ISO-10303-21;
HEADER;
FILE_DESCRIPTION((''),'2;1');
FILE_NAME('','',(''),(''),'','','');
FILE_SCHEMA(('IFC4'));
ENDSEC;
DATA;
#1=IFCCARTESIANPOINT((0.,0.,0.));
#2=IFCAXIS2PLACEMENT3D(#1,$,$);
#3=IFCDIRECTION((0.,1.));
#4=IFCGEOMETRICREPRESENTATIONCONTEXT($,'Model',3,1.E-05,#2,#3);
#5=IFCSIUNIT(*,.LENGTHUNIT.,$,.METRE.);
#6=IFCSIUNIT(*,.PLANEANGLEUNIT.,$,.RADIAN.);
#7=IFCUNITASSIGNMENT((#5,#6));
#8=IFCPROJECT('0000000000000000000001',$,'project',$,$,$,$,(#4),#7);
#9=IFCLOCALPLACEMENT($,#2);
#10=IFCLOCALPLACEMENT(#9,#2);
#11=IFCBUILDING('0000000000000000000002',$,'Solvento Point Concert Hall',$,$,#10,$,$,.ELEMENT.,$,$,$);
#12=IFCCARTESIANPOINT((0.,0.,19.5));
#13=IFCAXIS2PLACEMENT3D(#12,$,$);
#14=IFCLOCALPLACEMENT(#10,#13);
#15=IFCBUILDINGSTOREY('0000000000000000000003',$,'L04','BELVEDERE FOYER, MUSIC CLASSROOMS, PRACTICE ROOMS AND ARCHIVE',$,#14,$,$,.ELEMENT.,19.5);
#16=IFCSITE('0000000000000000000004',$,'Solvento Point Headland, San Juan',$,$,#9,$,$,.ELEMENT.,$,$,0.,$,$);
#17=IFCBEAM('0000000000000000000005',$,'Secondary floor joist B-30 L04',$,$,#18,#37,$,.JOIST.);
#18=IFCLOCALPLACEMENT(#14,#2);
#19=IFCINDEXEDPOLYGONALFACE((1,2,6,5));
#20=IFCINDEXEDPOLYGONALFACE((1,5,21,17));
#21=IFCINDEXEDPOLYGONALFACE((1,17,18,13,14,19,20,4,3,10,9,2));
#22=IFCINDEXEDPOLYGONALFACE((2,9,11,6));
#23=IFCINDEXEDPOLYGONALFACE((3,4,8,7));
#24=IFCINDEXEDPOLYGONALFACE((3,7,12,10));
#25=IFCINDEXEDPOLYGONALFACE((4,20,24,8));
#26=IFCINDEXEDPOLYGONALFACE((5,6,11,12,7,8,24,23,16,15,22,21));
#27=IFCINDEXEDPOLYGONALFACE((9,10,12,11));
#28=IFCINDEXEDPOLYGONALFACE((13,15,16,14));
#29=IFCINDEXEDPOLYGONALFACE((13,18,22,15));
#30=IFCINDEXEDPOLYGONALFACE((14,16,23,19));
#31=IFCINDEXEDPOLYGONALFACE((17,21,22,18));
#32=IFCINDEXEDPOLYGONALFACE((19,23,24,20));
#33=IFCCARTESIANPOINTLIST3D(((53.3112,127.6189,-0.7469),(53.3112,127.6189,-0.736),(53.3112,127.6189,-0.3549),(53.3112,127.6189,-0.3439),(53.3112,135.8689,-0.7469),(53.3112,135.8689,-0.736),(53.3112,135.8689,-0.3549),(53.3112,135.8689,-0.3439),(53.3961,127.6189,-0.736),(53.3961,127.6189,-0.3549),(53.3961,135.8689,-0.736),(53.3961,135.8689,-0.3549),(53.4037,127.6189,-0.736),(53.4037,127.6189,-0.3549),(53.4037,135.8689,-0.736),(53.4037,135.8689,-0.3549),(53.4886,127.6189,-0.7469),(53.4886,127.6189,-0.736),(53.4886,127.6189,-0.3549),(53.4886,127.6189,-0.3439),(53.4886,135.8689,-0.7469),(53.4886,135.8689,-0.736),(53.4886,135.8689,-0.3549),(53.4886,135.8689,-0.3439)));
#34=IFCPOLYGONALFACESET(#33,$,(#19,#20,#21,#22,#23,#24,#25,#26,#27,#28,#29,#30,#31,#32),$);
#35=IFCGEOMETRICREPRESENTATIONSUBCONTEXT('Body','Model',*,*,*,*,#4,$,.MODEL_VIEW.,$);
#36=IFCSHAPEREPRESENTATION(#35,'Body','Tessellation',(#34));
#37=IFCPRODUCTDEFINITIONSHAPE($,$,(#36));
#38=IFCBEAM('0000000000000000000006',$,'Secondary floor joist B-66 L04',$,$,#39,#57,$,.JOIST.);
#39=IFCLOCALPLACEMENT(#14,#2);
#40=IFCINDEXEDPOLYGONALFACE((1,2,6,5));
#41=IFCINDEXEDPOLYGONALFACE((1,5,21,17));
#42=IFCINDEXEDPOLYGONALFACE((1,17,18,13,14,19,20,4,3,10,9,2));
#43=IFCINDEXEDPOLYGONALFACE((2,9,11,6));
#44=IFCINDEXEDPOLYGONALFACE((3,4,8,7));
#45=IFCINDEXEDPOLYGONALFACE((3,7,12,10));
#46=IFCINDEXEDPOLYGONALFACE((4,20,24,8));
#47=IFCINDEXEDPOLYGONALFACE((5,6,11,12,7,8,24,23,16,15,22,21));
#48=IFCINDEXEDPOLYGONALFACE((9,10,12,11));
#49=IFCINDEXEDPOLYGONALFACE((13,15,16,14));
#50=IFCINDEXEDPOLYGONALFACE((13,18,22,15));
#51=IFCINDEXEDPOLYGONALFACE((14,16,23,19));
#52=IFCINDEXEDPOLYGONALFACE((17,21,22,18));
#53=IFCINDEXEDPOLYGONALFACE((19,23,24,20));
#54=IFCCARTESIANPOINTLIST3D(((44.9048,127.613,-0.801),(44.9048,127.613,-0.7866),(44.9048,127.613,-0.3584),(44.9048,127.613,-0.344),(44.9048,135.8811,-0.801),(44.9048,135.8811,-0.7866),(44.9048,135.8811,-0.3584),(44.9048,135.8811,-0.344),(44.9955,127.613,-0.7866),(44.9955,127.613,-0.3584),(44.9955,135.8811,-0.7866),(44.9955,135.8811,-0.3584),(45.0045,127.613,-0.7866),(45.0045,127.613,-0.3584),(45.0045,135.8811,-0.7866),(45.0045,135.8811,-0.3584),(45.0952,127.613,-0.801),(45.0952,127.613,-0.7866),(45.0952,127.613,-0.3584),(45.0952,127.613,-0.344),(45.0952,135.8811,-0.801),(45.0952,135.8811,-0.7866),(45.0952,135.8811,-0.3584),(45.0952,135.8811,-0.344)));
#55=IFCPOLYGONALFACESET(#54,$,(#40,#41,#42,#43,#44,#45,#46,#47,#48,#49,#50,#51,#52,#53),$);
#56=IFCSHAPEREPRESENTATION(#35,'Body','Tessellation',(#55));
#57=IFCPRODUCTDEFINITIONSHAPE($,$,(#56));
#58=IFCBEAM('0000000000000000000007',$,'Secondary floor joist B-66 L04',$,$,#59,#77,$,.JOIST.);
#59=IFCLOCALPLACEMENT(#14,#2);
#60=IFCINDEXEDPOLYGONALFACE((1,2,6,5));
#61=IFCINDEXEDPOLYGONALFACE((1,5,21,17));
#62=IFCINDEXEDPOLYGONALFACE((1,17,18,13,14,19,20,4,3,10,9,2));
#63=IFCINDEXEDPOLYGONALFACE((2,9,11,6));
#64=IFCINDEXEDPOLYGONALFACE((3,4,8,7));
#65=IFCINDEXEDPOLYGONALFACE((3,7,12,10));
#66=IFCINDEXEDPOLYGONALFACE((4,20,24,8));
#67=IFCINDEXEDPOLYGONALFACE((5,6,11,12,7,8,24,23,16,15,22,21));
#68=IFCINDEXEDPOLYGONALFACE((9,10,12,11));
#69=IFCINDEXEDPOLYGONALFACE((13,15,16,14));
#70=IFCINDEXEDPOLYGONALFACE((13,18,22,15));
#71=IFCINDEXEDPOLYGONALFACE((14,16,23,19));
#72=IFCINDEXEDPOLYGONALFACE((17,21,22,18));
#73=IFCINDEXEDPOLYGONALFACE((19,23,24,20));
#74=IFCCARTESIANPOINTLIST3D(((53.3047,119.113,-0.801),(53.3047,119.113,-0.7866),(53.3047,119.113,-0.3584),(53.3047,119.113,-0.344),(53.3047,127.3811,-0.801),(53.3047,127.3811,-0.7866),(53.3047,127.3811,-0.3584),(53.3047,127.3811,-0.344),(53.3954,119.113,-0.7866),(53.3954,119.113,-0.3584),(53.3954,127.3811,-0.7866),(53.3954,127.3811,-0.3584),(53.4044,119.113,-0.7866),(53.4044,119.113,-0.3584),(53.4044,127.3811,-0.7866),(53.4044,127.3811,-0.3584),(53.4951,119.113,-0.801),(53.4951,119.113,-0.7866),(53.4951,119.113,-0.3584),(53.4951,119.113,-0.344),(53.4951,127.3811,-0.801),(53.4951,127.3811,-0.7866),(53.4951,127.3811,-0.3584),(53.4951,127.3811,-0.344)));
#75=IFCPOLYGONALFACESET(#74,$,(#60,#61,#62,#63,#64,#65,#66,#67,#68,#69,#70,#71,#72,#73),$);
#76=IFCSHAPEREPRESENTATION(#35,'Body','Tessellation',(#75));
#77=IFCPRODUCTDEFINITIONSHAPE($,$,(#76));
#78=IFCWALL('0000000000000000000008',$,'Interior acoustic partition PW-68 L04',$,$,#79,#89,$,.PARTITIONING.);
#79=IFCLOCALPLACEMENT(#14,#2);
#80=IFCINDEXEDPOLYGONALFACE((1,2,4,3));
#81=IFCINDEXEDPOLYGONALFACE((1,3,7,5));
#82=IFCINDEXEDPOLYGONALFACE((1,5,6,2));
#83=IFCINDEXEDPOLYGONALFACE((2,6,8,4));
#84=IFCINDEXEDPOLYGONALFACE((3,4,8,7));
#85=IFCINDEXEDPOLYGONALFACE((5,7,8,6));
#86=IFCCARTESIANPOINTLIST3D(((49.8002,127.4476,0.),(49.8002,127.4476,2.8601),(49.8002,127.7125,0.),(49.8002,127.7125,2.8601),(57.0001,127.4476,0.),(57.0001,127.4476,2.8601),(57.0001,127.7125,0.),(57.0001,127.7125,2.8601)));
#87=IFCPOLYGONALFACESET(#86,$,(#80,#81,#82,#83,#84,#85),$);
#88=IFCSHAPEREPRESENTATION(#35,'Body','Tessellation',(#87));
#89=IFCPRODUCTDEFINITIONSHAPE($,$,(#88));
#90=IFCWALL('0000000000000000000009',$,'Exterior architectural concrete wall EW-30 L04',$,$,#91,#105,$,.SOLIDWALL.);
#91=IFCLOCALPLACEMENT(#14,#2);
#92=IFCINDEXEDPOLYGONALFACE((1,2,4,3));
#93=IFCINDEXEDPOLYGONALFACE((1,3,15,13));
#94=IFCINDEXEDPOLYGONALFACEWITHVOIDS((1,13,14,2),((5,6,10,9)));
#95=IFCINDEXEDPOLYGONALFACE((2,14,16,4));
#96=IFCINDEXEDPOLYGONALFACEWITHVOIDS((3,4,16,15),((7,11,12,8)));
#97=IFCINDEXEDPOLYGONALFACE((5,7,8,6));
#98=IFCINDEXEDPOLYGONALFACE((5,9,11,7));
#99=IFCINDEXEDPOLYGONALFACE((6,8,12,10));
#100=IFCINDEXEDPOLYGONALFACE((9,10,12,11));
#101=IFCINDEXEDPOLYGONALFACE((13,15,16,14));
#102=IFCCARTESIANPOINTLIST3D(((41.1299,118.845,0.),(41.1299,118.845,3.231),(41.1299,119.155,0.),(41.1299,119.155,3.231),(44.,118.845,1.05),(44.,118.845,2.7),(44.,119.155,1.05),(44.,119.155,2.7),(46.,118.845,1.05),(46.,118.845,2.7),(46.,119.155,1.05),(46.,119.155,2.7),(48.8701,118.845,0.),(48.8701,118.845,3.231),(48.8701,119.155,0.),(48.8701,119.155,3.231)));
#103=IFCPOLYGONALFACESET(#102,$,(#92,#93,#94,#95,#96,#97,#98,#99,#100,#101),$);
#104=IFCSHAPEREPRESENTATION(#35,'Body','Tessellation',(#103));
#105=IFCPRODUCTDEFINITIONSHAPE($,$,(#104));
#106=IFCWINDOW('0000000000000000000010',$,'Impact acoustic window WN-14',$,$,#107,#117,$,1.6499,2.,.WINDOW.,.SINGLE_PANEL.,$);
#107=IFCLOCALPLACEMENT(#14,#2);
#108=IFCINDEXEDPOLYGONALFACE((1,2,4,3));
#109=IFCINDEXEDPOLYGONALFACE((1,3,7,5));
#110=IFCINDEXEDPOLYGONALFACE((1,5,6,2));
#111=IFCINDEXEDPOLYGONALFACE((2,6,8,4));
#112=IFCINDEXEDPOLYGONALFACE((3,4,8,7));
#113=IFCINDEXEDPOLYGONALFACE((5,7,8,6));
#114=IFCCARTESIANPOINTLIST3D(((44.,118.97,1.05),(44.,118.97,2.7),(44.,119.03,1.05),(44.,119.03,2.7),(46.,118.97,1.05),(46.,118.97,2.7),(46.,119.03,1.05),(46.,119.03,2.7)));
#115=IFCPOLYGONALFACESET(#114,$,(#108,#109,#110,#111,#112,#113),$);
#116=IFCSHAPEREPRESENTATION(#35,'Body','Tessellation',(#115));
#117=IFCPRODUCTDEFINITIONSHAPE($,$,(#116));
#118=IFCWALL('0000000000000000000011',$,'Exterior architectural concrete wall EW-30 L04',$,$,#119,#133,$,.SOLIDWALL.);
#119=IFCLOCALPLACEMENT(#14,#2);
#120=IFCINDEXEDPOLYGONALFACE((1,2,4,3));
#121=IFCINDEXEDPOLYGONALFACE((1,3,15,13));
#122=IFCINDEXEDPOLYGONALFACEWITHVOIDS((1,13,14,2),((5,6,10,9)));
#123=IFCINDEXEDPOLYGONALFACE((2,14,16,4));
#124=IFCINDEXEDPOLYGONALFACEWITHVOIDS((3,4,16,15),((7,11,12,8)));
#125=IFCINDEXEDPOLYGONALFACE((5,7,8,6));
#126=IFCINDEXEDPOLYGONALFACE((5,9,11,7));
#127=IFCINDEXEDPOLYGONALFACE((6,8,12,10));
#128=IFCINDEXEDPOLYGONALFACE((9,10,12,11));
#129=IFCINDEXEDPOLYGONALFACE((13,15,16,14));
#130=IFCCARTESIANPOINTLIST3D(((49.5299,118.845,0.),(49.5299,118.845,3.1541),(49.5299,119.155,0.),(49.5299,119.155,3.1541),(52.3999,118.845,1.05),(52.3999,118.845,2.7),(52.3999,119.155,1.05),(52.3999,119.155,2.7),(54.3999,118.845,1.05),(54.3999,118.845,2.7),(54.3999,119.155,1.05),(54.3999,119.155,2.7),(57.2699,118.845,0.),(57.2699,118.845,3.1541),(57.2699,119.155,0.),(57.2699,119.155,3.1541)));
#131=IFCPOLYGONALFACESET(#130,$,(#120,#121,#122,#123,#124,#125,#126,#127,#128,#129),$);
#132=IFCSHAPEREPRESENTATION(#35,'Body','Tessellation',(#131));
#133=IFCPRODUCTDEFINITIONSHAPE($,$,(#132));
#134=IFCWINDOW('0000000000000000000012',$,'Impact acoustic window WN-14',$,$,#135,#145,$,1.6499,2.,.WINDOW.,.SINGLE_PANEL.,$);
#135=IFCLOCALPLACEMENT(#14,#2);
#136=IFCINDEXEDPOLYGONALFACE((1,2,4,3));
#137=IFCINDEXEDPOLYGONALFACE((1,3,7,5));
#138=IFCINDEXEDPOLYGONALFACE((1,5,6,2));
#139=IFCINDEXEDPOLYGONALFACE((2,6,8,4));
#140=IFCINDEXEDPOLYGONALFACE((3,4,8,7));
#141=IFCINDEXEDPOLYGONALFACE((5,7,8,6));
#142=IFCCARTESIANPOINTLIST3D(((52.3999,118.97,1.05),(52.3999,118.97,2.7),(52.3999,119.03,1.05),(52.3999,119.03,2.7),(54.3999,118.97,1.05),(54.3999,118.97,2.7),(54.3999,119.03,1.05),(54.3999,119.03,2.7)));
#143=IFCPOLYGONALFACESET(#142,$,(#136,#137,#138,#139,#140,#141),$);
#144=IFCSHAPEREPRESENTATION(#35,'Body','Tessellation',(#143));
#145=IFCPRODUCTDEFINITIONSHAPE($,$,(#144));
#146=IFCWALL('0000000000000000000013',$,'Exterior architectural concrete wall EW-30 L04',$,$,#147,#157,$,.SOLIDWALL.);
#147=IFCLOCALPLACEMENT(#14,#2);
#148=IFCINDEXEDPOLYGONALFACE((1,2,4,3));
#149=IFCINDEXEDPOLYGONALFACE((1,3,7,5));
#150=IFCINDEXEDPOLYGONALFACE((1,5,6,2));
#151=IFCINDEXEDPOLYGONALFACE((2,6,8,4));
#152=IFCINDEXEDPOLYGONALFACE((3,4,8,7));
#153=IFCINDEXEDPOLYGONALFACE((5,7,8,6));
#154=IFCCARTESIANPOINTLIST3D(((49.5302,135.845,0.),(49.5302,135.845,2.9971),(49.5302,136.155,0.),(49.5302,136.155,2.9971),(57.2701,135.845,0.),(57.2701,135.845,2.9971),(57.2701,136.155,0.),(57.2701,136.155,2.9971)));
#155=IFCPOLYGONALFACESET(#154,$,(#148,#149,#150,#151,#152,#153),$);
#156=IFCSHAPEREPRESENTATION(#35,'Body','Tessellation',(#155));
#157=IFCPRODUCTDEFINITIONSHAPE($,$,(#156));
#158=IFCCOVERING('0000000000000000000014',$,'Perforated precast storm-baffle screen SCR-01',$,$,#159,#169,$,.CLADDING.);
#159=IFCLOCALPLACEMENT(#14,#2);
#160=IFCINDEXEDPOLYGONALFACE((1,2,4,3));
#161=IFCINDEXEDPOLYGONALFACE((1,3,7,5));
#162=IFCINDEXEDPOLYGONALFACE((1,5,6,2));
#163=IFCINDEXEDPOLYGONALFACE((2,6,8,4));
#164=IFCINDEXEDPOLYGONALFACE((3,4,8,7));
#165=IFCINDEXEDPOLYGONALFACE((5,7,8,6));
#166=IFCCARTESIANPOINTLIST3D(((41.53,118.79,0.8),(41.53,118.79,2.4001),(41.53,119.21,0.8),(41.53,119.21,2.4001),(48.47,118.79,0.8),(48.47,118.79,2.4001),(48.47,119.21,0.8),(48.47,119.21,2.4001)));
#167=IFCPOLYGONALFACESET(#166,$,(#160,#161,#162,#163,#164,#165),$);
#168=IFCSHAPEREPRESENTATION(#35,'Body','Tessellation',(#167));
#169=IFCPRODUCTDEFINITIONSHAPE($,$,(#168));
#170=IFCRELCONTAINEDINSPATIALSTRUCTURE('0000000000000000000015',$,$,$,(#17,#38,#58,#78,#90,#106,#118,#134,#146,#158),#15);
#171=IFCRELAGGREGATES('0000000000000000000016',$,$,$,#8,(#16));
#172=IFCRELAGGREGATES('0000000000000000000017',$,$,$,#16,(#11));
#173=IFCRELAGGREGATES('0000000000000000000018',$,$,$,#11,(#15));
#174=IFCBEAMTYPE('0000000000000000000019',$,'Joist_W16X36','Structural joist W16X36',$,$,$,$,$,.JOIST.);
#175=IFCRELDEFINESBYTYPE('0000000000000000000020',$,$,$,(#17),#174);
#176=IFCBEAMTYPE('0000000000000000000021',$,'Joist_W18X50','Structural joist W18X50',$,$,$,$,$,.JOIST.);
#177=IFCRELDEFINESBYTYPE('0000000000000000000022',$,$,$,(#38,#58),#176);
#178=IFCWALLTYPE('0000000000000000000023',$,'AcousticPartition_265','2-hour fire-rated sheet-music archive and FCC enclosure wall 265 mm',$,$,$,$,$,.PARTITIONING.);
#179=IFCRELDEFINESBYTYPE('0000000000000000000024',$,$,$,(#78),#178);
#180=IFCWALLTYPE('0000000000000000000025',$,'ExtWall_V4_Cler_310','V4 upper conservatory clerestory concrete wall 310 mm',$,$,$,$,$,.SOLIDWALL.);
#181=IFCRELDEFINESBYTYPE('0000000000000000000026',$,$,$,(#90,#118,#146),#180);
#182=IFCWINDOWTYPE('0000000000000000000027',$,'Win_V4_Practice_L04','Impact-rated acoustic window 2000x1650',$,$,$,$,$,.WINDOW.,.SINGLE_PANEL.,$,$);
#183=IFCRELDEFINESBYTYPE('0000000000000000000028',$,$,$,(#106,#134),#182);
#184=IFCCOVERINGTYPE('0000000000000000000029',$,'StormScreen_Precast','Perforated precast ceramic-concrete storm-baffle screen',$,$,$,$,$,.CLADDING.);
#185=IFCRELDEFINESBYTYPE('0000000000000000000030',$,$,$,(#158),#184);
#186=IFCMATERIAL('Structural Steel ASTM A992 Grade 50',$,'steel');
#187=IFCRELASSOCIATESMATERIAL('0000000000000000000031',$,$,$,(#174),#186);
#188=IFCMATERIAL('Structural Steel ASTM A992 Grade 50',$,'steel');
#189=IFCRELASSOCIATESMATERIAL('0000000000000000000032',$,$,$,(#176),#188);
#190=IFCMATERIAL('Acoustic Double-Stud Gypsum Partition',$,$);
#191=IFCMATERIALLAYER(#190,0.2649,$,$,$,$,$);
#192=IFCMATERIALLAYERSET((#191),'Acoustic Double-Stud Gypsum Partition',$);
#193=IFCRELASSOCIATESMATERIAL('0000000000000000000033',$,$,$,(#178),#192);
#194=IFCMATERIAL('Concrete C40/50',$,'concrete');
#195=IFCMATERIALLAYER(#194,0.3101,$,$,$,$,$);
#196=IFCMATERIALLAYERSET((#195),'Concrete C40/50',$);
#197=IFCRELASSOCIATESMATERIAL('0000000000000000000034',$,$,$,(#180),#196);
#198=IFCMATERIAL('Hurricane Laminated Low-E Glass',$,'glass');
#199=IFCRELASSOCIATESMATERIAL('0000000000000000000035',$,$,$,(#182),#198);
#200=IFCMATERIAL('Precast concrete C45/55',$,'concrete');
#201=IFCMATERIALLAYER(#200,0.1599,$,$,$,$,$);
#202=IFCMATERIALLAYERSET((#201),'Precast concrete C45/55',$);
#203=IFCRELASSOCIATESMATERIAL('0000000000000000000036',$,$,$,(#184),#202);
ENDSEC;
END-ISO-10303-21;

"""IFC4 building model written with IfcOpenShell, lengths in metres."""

from ifc_helpers import new_model, si_unit, direction, frame, frame_2d, origin, origin_2d, place, context, subcontext, project, spatial, rectangle, i_section, extrude, material, layer, layer_set, material_profile, profile_set, type_object, element, fill, save


model = new_model("IFC4")

# Units and contexts
model_context = context("Model", 3, precision=1e-05, world=origin(), true_north=direction((0.0, 1.0)))
body_context = subcontext(model_context, "Body", "Model", "MODEL_VIEW")
ifc_project = project(units=[si_unit("LENGTHUNIT", "METRE"), si_unit("PLANEANGLEUNIT", "RADIAN")], contexts=[model_context])

# Site, building, storey
site_placement = place(None, origin())
site = spatial("IfcSite", under=ifc_project, at=site_placement, Name="Solvento Point Headland, San Juan", CompositionType="ELEMENT", RefElevation=0.0)
building_placement = place(site_placement, origin())
building = spatial("IfcBuilding", under=site, at=building_placement, Name="Solvento Point Concert Hall", CompositionType="ELEMENT")
storey_placement = place(building_placement, frame((0.0, 0.0, 19.5)))
storey = spatial("IfcBuildingStorey", under=building, at=storey_placement, Name="L04", Description="BELVEDERE FOYER, MUSIC CLASSROOMS, PRACTICE ROOMS AND ARCHIVE", CompositionType="ELEMENT", Elevation=19.5)

# Beams
ifc_material_1 = material(Name="Structural Steel ASTM A992 Grade 50", Category="steel")
ifc_material_profile_1 = material_profile(ifc_material_1, i_section(OverallWidth=0.1775, OverallDepth=0.4031, WebThickness=0.0076, FlangeThickness=0.011, at=origin_2d()), Name="W16X36")
ifc_profile_set_1 = profile_set([ifc_material_profile_1], Name="Structural Steel ASTM A992 Grade 50")
beam_type_1 = type_object("IfcBeamType", Name="Joist_W16X36", Description="Structural joist W16X36", PredefinedType="JOIST", material=ifc_profile_set_1)
beam_1_placement = place(storey_placement, frame((53.3999, 127.6189, -0.5454), z_axis=(0.0, 1.0, 0.0), x_axis=(-1.0, 0.0, 0.0)))
element("IfcBeam", 1, at=beam_1_placement, inside=storey, type_object=beam_type_1, Name="Secondary floor joist B-30 L04", PredefinedType="JOIST", context=body_context, shape_type="SweptSolid", body=[
    extrude(i_section(OverallWidth=0.1775, OverallDepth=0.4031, WebThickness=0.0076, FlangeThickness=0.011, at=origin_2d()), origin(), (0.0, 0.0, 1.0), 8.25),
])
ifc_material_2 = material(Name="Structural Steel ASTM A992 Grade 50", Category="steel")
ifc_material_profile_2 = material_profile(ifc_material_2, i_section(OverallWidth=0.1904, OverallDepth=0.457, WebThickness=0.009, FlangeThickness=0.0144, at=origin_2d()), Name="W18X50")
ifc_profile_set_2 = profile_set([ifc_material_profile_2], Name="Structural Steel ASTM A992 Grade 50")
beam_type_2 = type_object("IfcBeamType", Name="Joist_W18X50", Description="Structural joist W18X50", PredefinedType="JOIST", material=ifc_profile_set_2)
for number, where, z_axis, x_axis, name in (
    (2, (45.0, 127.613, -0.5725), (0.0, 1.0, 0.0), (-1.0, 0.0, 0.0), "Secondary floor joist B-66 L04"),
    (3, (53.3999, 119.113, -0.5725), (0.0, 1.0, 0.0), (-1.0, 0.0, 0.0), "Secondary floor joist B-66 L04"),
):
    element("IfcBeam", number, at=place(storey_placement, frame(where, z_axis=z_axis, x_axis=x_axis)), inside=storey, type_object=beam_type_2, Name=name, PredefinedType="JOIST", context=body_context, shape_type="SweptSolid", body=[
        extrude(i_section(OverallWidth=0.1904, OverallDepth=0.457, WebThickness=0.009, FlangeThickness=0.0144, at=origin_2d()), origin(), (0.0, 0.0, 1.0), 8.2681),
    ])

# Wall
ifc_material_3 = material(Name="Acoustic Double-Stud Gypsum Partition")
ifc_layer_1 = layer(ifc_material_3, 0.2649)
ifc_layer_set_1 = layer_set([ifc_layer_1], Name="Acoustic Double-Stud Gypsum Partition")
wall_type_1 = type_object("IfcWallType", Name="AcousticPartition_265", Description="2-hour fire-rated sheet-music archive and FCC enclosure wall 265 mm", PredefinedType="PARTITIONING", material=ifc_layer_set_1)
wall_1_placement = place(storey_placement, frame((49.8, 127.5801, 0.0), z_axis=(0.0, 0.0, 1.0), x_axis=(1.0, 0.0, 0.0)))
element("IfcWall", 4, at=wall_1_placement, inside=storey, type_object=wall_type_1, Name="Interior acoustic partition PW-68 L04", PredefinedType="PARTITIONING", context=body_context, shape_type="SweptSolid", body=[
    extrude(rectangle(XDim=7.2, YDim=0.2649, at=frame_2d((3.6001, 0.0))), origin(), (0.0, 0.0, 1.0), 2.8601),
])

# Walls, openings, windows
ifc_material_4 = material(Name="Concrete C40/50", Category="concrete")
ifc_layer_2 = layer(ifc_material_4, 0.3101)
ifc_layer_set_2 = layer_set([ifc_layer_2], Name="Concrete C40/50")
wall_type_2 = type_object("IfcWallType", Name="ExtWall_V4_Cler_310", Description="V4 upper conservatory clerestory concrete wall 310 mm", PredefinedType="SOLIDWALL", material=ifc_layer_set_2)
wall_2_placement = place(storey_placement, frame((48.8701, 119.0, 0.0), z_axis=(0.0, 0.0, 1.0), x_axis=(-1.0, 0.0, 0.0)))
wall_2 = element("IfcWall", 5, at=wall_2_placement, inside=storey, type_object=wall_type_2, Name="Exterior architectural concrete wall EW-30 L04", PredefinedType="SOLIDWALL", context=body_context, shape_type="SweptSolid", body=[
    extrude(rectangle(XDim=7.7402, YDim=0.3101, at=frame_2d((3.8701, 0.0))), origin(), (0.0, 0.0, 1.0), 3.231),
])
opening_1_placement = place(wall_2_placement, frame((2.8701, 0.0, 1.05)))
opening_1 = element("IfcOpeningElement", 6, at=opening_1_placement, cuts=wall_2, PredefinedType="OPENING", context=body_context, shape_type="SweptSolid", body=[
    extrude(rectangle(XDim=2.0, YDim=1.6499, at=frame_2d((1.0, 0.825))), frame((0.0, 0.165, 0.0), z_axis=(0.0, -1.0, 0.0), x_axis=(1.0, 0.0, 0.0)), (0.0, 0.0, 1.0), 0.3301),
])
ifc_material_5 = material(Name="Hurricane Laminated Low-E Glass", Category="glass")
window_type = type_object("IfcWindowType", Name="Win_V4_Practice_L04", Description="Impact-rated acoustic window 2000x1650", PartitioningType="SINGLE_PANEL", PredefinedType="WINDOW", material=ifc_material_5)
window_1_placement = place(opening_1_placement, origin())
window_1 = element("IfcWindow", 7, at=window_1_placement, inside=storey, type_object=window_type, Name="Impact acoustic window WN-14", OverallHeight=1.6499, OverallWidth=2.0, PartitioningType="SINGLE_PANEL", PredefinedType="WINDOW", context=body_context, shape_type="SweptSolid", body=[
    extrude(rectangle(XDim=2.0, YDim=1.6499, at=frame_2d((1.0, 0.825))), frame((0.0, 0.03, 0.0), z_axis=(0.0, -1.0, 0.0), x_axis=(1.0, 0.0, 0.0)), (0.0, 0.0, 1.0), 0.0601),
])
fill(opening_1, window_1)
wall_3_placement = place(storey_placement, frame((57.27, 119.0, 0.0), z_axis=(0.0, 0.0, 1.0), x_axis=(-1.0, 0.0, 0.0)))
wall_3 = element("IfcWall", 8, at=wall_3_placement, inside=storey, type_object=wall_type_2, Name="Exterior architectural concrete wall EW-30 L04", PredefinedType="SOLIDWALL", context=body_context, shape_type="SweptSolid", body=[
    extrude(rectangle(XDim=7.74, YDim=0.3101, at=frame_2d((3.8701, 0.0))), origin(), (0.0, 0.0, 1.0), 3.1541),
])
opening_2_placement = place(wall_3_placement, frame((2.8701, 0.0, 1.05)))
opening_2 = element("IfcOpeningElement", 9, at=opening_2_placement, cuts=wall_3, PredefinedType="OPENING", context=body_context, shape_type="SweptSolid", body=[
    extrude(rectangle(XDim=2.0, YDim=1.6499, at=frame_2d((1.0, 0.825))), frame((0.0, 0.165, 0.0), z_axis=(0.0, -1.0, 0.0), x_axis=(1.0, 0.0, 0.0)), (0.0, 0.0, 1.0), 0.3301),
])
window_2_placement = place(opening_2_placement, origin())
window_2 = element("IfcWindow", 10, at=window_2_placement, inside=storey, type_object=window_type, Name="Impact acoustic window WN-14", OverallHeight=1.6499, OverallWidth=2.0, PartitioningType="SINGLE_PANEL", PredefinedType="WINDOW", context=body_context, shape_type="SweptSolid", body=[
    extrude(rectangle(XDim=2.0, YDim=1.6499, at=frame_2d((1.0, 0.825))), frame((0.0, 0.03, 0.0), z_axis=(0.0, -1.0, 0.0), x_axis=(1.0, 0.0, 0.0)), (0.0, 0.0, 1.0), 0.0601),
])
fill(opening_2, window_2)

# Wall
wall_4_placement = place(storey_placement, frame((49.53, 136.0, 0.0), z_axis=(0.0, 0.0, 1.0), x_axis=(1.0, 0.0, 0.0)))
element("IfcWall", 11, at=wall_4_placement, inside=storey, type_object=wall_type_2, Name="Exterior architectural concrete wall EW-30 L04", PredefinedType="SOLIDWALL", context=body_context, shape_type="SweptSolid", body=[
    extrude(rectangle(XDim=7.74, YDim=0.3101, at=frame_2d((3.8701, 0.0))), origin(), (0.0, 0.0, 1.0), 2.9971),
])

# Covering
ifc_material_6 = material(Name="Precast concrete C45/55", Category="concrete")
ifc_layer_3 = layer(ifc_material_6, 0.1599)
ifc_layer_set_3 = layer_set([ifc_layer_3], Name="Precast concrete C45/55")
covering_type = type_object("IfcCoveringType", Name="StormScreen_Precast", Description="Perforated precast ceramic-concrete storm-baffle screen", PredefinedType="CLADDING", material=ifc_layer_set_3)
covering_placement = place(storey_placement, frame((45.0, 119.0, 0.8), z_axis=(0.0, 0.0, 1.0), x_axis=(-1.0, 0.0, 0.0)))
element("IfcCovering", 12, at=covering_placement, inside=storey, type_object=covering_type, Name="Perforated precast storm-baffle screen SCR-01", PredefinedType="CLADDING", context=body_context, shape_type="SweptSolid", body=[
    extrude(rectangle(XDim=6.9399, YDim=0.4199, at=origin_2d()), origin(), (0.0, 0.0, 1.0), 1.6001),
])

save(model, "model.ifc")
